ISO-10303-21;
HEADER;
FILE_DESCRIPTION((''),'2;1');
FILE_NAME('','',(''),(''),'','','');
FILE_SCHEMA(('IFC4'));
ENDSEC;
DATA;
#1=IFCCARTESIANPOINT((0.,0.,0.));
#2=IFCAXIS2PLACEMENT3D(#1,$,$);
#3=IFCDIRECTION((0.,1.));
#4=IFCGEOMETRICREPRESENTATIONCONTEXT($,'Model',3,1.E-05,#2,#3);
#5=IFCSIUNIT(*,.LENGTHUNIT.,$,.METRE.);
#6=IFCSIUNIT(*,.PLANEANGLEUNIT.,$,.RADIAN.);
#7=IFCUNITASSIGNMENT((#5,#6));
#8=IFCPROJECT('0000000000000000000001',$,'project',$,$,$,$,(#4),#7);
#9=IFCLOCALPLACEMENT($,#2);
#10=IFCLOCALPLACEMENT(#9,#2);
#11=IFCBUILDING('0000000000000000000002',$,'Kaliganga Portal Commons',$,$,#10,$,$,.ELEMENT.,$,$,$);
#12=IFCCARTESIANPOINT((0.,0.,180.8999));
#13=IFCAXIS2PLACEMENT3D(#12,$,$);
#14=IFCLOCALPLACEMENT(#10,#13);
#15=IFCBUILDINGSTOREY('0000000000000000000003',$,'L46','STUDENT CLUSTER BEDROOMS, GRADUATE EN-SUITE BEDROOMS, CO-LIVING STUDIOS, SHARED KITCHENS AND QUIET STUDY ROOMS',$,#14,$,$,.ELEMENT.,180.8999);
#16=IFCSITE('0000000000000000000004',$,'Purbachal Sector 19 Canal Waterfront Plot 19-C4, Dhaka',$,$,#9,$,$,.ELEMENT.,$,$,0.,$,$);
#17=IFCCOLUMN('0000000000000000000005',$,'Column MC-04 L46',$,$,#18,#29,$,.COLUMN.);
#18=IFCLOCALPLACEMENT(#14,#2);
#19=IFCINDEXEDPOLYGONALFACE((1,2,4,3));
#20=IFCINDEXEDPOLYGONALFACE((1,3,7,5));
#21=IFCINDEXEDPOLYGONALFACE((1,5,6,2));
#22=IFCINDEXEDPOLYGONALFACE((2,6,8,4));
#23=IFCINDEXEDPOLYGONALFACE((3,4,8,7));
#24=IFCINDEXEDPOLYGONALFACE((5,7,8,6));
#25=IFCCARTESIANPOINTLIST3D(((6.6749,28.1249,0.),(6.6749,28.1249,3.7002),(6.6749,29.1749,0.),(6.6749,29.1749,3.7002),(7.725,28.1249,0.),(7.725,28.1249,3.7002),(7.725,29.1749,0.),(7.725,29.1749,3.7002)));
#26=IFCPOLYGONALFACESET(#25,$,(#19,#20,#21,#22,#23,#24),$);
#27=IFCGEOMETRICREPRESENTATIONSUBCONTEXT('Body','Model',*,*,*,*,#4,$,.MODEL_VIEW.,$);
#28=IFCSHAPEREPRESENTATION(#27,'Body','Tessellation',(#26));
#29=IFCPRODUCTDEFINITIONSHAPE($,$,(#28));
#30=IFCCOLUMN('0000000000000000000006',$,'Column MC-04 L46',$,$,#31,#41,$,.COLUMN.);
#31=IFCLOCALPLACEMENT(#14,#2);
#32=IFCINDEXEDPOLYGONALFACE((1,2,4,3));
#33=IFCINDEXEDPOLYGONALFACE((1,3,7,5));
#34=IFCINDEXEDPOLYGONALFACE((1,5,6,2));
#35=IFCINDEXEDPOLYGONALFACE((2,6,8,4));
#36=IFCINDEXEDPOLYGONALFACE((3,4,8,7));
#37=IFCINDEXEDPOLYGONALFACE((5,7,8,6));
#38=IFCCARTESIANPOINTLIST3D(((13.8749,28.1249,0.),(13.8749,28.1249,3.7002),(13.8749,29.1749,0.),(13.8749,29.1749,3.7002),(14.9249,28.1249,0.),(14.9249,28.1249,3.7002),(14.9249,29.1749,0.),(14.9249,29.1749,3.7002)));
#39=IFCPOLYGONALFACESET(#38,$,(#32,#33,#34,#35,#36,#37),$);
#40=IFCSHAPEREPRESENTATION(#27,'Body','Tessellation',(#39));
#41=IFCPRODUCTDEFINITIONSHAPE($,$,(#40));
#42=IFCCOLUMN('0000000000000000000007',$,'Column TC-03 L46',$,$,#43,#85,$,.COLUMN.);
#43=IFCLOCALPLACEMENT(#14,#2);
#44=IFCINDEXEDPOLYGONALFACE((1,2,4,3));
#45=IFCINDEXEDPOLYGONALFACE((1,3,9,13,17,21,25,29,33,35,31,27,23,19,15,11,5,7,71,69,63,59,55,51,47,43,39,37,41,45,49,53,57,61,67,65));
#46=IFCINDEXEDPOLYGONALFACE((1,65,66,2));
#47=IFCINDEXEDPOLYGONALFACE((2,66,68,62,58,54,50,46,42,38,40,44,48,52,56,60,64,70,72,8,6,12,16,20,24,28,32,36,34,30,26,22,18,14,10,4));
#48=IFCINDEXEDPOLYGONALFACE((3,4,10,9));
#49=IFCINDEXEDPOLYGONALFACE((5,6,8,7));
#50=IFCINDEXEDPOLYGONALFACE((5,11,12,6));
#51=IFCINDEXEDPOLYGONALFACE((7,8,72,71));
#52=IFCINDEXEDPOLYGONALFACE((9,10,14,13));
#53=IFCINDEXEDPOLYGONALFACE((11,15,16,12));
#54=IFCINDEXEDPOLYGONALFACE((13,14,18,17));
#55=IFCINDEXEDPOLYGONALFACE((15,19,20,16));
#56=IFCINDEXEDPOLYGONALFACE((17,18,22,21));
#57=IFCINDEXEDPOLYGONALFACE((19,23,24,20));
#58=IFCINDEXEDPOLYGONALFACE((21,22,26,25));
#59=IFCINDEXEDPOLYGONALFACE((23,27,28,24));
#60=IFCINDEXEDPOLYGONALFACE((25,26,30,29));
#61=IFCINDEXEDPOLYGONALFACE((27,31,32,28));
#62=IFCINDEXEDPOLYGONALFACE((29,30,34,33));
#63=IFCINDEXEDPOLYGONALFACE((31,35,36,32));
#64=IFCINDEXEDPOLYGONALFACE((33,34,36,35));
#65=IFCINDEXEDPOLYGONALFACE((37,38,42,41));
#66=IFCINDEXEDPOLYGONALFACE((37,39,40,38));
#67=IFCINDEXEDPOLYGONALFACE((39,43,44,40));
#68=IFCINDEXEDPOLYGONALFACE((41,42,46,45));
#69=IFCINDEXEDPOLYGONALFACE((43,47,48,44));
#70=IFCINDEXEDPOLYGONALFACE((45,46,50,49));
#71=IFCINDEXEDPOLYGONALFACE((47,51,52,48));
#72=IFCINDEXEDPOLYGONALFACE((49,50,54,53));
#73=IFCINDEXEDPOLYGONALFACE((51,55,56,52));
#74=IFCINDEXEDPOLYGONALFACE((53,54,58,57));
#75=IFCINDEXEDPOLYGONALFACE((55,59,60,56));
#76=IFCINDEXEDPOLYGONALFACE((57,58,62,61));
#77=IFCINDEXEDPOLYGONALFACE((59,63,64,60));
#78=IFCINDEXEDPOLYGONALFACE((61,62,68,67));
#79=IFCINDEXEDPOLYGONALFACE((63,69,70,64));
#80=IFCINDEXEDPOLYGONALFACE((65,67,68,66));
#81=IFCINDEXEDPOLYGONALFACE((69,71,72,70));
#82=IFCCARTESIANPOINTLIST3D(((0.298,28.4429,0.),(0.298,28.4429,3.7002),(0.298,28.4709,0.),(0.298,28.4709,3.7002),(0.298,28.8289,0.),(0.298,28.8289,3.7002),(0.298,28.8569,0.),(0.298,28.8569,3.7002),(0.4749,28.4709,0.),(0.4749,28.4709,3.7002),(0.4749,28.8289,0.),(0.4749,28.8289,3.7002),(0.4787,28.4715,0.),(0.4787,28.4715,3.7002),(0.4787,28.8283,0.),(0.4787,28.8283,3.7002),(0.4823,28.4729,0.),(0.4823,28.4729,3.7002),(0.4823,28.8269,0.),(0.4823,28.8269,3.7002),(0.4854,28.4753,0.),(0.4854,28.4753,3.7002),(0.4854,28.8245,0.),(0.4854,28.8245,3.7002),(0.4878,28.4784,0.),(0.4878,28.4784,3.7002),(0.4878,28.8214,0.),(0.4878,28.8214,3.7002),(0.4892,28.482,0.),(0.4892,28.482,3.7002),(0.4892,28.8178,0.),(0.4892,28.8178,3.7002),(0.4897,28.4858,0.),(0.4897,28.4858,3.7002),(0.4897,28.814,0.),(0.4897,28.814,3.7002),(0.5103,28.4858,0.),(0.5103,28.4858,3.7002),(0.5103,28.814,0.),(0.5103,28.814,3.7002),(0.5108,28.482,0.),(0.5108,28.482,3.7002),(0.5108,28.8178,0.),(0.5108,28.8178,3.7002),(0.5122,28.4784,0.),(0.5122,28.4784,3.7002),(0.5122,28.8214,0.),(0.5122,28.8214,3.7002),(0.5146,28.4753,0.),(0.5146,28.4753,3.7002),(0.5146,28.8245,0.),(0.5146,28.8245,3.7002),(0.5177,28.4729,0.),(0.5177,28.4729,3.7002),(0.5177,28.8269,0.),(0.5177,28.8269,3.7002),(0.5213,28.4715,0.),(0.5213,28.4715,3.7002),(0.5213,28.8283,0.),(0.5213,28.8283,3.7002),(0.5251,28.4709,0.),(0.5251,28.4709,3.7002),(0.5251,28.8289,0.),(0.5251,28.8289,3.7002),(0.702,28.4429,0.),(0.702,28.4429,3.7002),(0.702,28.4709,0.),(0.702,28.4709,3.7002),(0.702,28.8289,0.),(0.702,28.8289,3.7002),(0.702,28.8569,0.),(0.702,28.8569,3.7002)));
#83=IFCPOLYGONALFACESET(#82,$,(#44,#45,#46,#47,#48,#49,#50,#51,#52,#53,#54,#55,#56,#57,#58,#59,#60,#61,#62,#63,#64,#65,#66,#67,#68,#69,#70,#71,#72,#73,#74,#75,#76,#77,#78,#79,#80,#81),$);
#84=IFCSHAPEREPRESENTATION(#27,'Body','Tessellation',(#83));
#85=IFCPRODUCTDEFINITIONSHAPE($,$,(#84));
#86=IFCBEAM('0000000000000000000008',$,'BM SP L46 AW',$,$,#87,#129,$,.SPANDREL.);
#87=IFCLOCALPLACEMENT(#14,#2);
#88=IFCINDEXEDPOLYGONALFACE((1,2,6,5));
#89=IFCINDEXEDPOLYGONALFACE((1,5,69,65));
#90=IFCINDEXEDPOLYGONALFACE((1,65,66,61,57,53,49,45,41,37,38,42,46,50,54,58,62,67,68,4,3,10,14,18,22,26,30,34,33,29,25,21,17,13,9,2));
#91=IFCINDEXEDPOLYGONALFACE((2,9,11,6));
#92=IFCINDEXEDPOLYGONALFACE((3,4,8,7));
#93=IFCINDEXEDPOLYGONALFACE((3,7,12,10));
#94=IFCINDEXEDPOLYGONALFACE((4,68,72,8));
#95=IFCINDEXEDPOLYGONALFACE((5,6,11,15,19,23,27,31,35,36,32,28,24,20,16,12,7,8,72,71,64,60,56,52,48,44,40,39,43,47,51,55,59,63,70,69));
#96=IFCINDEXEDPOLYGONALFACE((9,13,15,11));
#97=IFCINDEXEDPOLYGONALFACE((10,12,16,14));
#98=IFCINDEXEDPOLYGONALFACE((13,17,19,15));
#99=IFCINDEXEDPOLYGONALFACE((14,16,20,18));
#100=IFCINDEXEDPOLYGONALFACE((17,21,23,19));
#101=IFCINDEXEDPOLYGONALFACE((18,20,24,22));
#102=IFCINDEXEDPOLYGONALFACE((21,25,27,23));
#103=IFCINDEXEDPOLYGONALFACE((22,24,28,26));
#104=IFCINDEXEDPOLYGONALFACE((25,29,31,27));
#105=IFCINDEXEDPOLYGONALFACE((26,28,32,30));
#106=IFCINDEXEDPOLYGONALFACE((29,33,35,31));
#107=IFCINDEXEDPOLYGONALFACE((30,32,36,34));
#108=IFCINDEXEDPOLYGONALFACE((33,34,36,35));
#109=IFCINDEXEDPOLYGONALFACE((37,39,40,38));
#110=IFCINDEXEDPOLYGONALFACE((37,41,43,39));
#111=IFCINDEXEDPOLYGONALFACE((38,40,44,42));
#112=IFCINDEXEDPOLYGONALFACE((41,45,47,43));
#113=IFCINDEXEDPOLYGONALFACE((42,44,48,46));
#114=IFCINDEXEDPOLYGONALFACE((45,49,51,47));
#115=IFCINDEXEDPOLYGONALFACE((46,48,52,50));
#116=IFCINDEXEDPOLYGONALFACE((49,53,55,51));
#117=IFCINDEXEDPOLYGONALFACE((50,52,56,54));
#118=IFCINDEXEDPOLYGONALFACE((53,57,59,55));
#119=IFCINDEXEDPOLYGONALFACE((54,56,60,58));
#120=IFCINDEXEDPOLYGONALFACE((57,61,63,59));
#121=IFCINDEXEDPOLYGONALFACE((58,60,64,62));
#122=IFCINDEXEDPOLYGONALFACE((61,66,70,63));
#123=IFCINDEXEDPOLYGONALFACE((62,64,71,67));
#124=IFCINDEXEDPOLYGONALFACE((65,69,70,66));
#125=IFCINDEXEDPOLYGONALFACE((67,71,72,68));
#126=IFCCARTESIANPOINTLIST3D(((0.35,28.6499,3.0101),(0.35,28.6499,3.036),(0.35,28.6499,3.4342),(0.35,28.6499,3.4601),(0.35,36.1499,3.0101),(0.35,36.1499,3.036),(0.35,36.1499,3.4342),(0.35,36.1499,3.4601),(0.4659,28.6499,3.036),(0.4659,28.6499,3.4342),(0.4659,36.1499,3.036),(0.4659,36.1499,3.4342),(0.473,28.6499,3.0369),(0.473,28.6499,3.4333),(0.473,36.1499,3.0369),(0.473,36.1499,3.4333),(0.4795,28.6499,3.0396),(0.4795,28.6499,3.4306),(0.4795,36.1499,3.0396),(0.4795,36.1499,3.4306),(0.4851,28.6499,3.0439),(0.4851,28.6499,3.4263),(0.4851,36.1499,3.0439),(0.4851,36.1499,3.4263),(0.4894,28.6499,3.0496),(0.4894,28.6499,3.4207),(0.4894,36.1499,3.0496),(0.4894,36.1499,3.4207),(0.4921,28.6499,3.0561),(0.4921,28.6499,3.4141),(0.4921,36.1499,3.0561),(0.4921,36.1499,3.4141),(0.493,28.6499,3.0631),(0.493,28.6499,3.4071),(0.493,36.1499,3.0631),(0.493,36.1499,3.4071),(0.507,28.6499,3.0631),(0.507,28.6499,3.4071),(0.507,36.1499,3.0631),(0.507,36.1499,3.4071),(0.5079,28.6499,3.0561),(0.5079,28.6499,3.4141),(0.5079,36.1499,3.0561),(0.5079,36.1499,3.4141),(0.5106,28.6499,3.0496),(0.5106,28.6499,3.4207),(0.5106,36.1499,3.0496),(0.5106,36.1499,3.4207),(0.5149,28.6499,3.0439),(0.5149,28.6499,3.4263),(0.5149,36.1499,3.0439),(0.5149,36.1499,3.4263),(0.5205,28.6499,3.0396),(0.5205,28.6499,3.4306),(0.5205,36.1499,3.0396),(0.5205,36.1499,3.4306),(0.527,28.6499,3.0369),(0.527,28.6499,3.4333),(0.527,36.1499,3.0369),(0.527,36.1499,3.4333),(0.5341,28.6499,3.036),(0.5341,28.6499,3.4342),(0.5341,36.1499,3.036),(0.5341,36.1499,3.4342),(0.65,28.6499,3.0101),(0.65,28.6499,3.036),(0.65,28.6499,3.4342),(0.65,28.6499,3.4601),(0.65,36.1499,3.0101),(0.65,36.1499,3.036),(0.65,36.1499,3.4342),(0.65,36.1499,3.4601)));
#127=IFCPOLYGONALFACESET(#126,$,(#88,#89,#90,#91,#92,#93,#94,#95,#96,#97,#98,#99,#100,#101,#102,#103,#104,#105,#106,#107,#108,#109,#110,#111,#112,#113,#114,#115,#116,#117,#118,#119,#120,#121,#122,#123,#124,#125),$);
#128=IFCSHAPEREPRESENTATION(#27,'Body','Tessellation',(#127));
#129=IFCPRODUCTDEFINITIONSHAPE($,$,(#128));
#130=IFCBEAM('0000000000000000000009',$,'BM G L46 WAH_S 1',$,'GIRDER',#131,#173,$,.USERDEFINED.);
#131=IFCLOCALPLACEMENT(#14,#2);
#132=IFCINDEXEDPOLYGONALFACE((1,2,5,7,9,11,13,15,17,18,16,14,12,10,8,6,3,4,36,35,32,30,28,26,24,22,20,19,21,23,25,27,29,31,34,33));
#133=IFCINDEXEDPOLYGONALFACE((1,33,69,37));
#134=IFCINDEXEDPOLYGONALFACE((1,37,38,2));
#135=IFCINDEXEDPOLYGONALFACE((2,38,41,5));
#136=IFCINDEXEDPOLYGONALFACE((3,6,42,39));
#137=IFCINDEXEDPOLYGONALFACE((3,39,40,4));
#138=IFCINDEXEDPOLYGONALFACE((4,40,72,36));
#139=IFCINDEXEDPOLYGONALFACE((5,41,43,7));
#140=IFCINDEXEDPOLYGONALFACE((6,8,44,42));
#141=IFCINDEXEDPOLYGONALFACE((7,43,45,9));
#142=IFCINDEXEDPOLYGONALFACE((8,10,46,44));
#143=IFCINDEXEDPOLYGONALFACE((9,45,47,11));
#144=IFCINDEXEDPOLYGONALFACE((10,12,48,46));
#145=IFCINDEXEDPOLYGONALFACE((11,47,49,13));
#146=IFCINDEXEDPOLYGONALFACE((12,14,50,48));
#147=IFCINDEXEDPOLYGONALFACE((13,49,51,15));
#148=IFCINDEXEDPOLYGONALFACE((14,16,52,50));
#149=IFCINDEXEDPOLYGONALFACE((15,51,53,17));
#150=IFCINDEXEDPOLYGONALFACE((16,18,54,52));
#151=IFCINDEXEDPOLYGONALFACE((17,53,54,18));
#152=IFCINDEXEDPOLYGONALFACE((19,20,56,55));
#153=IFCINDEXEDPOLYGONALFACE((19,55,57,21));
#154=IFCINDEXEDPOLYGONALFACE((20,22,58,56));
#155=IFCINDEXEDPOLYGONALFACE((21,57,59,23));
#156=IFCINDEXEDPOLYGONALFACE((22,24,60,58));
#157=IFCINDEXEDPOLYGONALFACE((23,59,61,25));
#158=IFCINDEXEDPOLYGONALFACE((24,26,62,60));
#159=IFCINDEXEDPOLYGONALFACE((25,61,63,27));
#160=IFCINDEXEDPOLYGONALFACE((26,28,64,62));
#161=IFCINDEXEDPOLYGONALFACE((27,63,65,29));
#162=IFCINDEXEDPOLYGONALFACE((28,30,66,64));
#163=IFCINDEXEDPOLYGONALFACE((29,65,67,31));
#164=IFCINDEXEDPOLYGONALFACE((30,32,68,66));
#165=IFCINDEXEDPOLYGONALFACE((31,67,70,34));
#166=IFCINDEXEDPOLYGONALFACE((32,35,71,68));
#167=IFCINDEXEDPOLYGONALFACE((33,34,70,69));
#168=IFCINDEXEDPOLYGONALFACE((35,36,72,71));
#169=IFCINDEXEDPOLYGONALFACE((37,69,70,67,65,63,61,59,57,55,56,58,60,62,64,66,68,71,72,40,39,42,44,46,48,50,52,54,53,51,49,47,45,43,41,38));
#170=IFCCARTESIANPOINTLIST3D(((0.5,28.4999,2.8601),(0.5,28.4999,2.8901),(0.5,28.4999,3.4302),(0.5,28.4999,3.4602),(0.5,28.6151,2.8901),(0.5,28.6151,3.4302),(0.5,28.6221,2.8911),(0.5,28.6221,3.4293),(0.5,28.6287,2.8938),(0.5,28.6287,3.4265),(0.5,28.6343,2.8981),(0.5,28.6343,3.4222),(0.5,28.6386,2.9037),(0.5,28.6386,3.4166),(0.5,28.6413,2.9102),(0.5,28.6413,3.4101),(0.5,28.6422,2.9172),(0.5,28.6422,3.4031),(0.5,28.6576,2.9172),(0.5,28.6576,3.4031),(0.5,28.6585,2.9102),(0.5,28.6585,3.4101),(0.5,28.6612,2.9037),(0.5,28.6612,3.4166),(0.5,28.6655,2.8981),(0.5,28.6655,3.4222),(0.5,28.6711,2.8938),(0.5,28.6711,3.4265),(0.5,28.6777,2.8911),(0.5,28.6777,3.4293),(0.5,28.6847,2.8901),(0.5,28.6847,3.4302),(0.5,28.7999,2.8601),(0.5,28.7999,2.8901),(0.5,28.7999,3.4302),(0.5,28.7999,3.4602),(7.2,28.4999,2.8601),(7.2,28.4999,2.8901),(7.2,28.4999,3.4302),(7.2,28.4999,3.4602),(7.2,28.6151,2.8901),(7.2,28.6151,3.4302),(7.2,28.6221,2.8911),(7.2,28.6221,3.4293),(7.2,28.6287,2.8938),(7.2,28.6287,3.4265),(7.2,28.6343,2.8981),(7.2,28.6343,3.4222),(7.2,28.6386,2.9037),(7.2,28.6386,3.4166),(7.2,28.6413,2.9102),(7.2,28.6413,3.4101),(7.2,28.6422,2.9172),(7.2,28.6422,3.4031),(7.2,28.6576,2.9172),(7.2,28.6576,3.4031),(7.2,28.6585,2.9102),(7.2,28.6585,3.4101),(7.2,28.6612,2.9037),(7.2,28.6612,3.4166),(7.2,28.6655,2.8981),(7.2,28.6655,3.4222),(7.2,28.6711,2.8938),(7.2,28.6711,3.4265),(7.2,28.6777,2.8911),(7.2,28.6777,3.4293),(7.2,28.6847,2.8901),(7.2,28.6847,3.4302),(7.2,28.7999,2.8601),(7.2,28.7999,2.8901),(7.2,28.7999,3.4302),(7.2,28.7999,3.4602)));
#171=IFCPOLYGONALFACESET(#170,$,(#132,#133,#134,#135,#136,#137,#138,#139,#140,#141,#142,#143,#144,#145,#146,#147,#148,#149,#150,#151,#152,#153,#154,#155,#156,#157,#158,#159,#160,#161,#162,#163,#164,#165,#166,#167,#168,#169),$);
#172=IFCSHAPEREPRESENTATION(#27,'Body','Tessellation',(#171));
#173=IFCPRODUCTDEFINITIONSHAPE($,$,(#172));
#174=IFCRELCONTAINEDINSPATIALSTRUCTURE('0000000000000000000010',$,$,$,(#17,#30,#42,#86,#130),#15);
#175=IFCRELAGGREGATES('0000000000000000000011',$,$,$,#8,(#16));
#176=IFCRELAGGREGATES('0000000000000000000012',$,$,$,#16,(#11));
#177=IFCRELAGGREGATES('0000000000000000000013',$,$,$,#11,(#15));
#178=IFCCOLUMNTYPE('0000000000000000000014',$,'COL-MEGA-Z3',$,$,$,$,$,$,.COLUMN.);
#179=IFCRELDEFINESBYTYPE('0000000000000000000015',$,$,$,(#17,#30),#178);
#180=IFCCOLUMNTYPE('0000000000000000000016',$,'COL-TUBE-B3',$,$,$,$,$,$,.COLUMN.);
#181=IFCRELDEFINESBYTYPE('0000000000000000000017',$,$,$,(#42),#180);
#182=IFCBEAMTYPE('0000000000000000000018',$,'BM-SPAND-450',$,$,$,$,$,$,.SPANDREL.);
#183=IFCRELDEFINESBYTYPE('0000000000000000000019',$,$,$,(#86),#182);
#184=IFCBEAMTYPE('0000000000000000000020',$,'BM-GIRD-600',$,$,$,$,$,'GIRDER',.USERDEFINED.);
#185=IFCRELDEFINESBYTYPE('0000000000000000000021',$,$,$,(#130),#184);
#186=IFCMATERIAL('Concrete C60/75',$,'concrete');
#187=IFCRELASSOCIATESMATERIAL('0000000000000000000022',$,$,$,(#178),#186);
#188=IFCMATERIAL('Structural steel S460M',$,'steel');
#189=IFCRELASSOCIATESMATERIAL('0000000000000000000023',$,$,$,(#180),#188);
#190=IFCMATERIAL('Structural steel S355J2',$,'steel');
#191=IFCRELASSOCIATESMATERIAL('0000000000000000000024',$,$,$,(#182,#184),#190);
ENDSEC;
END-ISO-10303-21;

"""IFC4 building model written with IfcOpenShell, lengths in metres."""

from ifc_helpers import new_model, si_unit, direction, frame, origin, origin_2d, place, context, subcontext, project, spatial, rectangle, i_section, extrude, source, transform, mapped, material, material_profile, profile_set, type_object, element, save


model = new_model("IFC4")

# Units and contexts
model_context = context("Model", 3, precision=1e-05, world=origin(), true_north=direction((0.0, 1.0)))
body_context = subcontext(model_context, "Body", "Model", "MODEL_VIEW")
ifc_project = project(units=[si_unit("LENGTHUNIT", "METRE"), si_unit("PLANEANGLEUNIT", "RADIAN")], contexts=[model_context])

# Site, building, storey
site_placement = place(None, origin())
site = spatial("IfcSite", under=ifc_project, at=site_placement, Name="Purbachal Sector 19 Canal Waterfront Plot 19-C4, Dhaka", CompositionType="ELEMENT", RefElevation=0.0)
building_placement = place(site_placement, origin())
building = spatial("IfcBuilding", under=site, at=building_placement, Name="Kaliganga Portal Commons", CompositionType="ELEMENT")
storey_placement = place(building_placement, frame((0.0, 0.0, 180.8999)))
storey = spatial("IfcBuildingStorey", under=building, at=storey_placement, Name="L46", Description="STUDENT CLUSTER BEDROOMS, GRADUATE EN-SUITE BEDROOMS, CO-LIVING STUDIOS, SHARED KITCHENS AND QUIET STUDY ROOMS", CompositionType="ELEMENT", Elevation=180.8999)

# Columns
ifc_material_1 = material(Name="Concrete C60/75", Category="concrete")
ifc_material_profile_1 = material_profile(ifc_material_1, rectangle(XDim=1.05, YDim=1.05, at=origin_2d()), Name="RC 1050x1050")
ifc_profile_set_1 = profile_set([ifc_material_profile_1], Name="Concrete C60/75")
column_type_1 = type_object("IfcColumnType", Name="COL-MEGA-Z3", PredefinedType="COLUMN", material=ifc_profile_set_1)
shared_shape_1 = source(origin(), body_context, "Body", "SweptSolid", [
    extrude(rectangle(XDim=1.05, YDim=1.05, at=origin_2d()), origin(), (0.0, 0.0, 1.0), 3.7002),
])
for number, where, z_axis, x_axis, name in (
    (1, (7.2, 28.6499, 0.0), (0.0, 0.0, 1.0), (1.0, 0.0, 0.0), "Column MC-04 L46"),
    (2, (14.3999, 28.6499, 0.0), (0.0, 0.0, 1.0), (1.0, 0.0, 0.0), "Column MC-04 L46"),
):
    element("IfcColumn", number, at=place(storey_placement, frame(where, z_axis=z_axis, x_axis=x_axis)), inside=storey, type_object=column_type_1, Name=name, PredefinedType="COLUMN", context=body_context, shape_type="MappedRepresentation", body=[
        mapped(shared_shape_1, transform((0.0, 0.0, 0.0), x_axis=(1.0, 0.0, 0.0), y_axis=(0.0, 1.0, 0.0), z_axis=(0.0, 0.0, 1.0), scale=1.0)),
    ])
ifc_material_2 = material(Name="Structural steel S460M", Category="steel")
ifc_material_profile_2 = material_profile(ifc_material_2, i_section(OverallWidth=0.4041, OverallDepth=0.4141, WebThickness=0.0205, FlangeThickness=0.0281, FilletRadius=0.0149, at=origin_2d()), Name="HD 400x347")
ifc_profile_set_2 = profile_set([ifc_material_profile_2], Name="Structural steel S460M wide-flange")
column_type_2 = type_object("IfcColumnType", Name="COL-TUBE-B3", PredefinedType="COLUMN", material=ifc_profile_set_2)
shared_shape_2 = source(origin(), body_context, "Body", "SweptSolid", [
    extrude(i_section(OverallWidth=0.4041, OverallDepth=0.4141, WebThickness=0.0205, FlangeThickness=0.0281, FilletRadius=0.0149, at=origin_2d()), origin(), (0.0, 0.0, 1.0), 3.7002),
])
column_placement = place(storey_placement, frame((0.5, 28.6499, 0.0), z_axis=(0.0, 0.0, 1.0), x_axis=(1.0, 0.0, 0.0)))
element("IfcColumn", 3, at=column_placement, inside=storey, type_object=column_type_2, Name="Column TC-03 L46", PredefinedType="COLUMN", context=body_context, shape_type="MappedRepresentation", body=[
    mapped(shared_shape_2, transform((0.0, 0.0, 0.0), x_axis=(1.0, 0.0, 0.0), y_axis=(0.0, 1.0, 0.0), z_axis=(0.0, 0.0, 1.0), scale=1.0)),
])

# Beams
ifc_material_3 = material(Name="Structural steel S355J2", Category="steel")
ifc_material_profile_3 = material_profile(ifc_material_3, i_section(OverallWidth=0.3, OverallDepth=0.45, WebThickness=0.0139, FlangeThickness=0.0259, FilletRadius=0.0271, at=origin_2d()), Name="HE 450 B")
ifc_profile_set_3 = profile_set([ifc_material_profile_3], Name="Structural steel S355J2 wide-flange")
beam_type_1 = type_object("IfcBeamType", Name="BM-SPAND-450", PredefinedType="SPANDREL", material=ifc_profile_set_3)
shared_shape_3 = source(origin(), body_context, "Body", "SweptSolid", [
    extrude(i_section(OverallWidth=0.3, OverallDepth=0.45, WebThickness=0.0139, FlangeThickness=0.0259, FilletRadius=0.0271, at=origin_2d()), origin(), (0.0, 0.0, 1.0), 7.5),
])
beam_1_placement = place(storey_placement, frame((0.5, 28.6499, 3.2351), z_axis=(0.0, 1.0, 0.0), x_axis=(-1.0, 0.0, 0.0)))
element("IfcBeam", 4, at=beam_1_placement, inside=storey, type_object=beam_type_1, Name="BM SP L46 AW", PredefinedType="SPANDREL", context=body_context, shape_type="MappedRepresentation", body=[
    mapped(shared_shape_3, transform((0.0, 0.0, 0.0), x_axis=(1.0, 0.0, 0.0), y_axis=(0.0, 1.0, 0.0), z_axis=(0.0, 0.0, 1.0), scale=1.0)),
])
ifc_material_profile_4 = material_profile(ifc_material_3, i_section(OverallWidth=0.3, OverallDepth=0.6001, WebThickness=0.0154, FlangeThickness=0.03, FilletRadius=0.0271, at=origin_2d()), Name="HE 600 B")
ifc_profile_set_4 = profile_set([ifc_material_profile_4], Name="Structural steel S355J2 wide-flange")
beam_type_2 = type_object("IfcBeamType", Name="BM-GIRD-600", ElementType="GIRDER", PredefinedType="USERDEFINED", material=ifc_profile_set_4)
shared_shape_4 = source(origin(), body_context, "Body", "SweptSolid", [
    extrude(i_section(OverallWidth=0.3, OverallDepth=0.6001, WebThickness=0.0154, FlangeThickness=0.03, FilletRadius=0.0271, at=origin_2d()), origin(), (0.0, 0.0, 1.0), 6.7),
])
beam_2_placement = place(storey_placement, frame((0.5, 28.6499, 3.1602), z_axis=(1.0, 0.0, 0.0), x_axis=(0.0, 1.0, 0.0)))
element("IfcBeam", 5, at=beam_2_placement, inside=storey, type_object=beam_type_2, Name="BM G L46 WAH_S 1", ObjectType="GIRDER", PredefinedType="USERDEFINED", context=body_context, shape_type="MappedRepresentation", body=[
    mapped(shared_shape_4, transform((0.0, 0.0, 0.0), x_axis=(1.0, 0.0, 0.0), y_axis=(0.0, 1.0, 0.0), z_axis=(0.0, 0.0, 1.0), scale=1.0)),
])

save(model, "model.ifc")
